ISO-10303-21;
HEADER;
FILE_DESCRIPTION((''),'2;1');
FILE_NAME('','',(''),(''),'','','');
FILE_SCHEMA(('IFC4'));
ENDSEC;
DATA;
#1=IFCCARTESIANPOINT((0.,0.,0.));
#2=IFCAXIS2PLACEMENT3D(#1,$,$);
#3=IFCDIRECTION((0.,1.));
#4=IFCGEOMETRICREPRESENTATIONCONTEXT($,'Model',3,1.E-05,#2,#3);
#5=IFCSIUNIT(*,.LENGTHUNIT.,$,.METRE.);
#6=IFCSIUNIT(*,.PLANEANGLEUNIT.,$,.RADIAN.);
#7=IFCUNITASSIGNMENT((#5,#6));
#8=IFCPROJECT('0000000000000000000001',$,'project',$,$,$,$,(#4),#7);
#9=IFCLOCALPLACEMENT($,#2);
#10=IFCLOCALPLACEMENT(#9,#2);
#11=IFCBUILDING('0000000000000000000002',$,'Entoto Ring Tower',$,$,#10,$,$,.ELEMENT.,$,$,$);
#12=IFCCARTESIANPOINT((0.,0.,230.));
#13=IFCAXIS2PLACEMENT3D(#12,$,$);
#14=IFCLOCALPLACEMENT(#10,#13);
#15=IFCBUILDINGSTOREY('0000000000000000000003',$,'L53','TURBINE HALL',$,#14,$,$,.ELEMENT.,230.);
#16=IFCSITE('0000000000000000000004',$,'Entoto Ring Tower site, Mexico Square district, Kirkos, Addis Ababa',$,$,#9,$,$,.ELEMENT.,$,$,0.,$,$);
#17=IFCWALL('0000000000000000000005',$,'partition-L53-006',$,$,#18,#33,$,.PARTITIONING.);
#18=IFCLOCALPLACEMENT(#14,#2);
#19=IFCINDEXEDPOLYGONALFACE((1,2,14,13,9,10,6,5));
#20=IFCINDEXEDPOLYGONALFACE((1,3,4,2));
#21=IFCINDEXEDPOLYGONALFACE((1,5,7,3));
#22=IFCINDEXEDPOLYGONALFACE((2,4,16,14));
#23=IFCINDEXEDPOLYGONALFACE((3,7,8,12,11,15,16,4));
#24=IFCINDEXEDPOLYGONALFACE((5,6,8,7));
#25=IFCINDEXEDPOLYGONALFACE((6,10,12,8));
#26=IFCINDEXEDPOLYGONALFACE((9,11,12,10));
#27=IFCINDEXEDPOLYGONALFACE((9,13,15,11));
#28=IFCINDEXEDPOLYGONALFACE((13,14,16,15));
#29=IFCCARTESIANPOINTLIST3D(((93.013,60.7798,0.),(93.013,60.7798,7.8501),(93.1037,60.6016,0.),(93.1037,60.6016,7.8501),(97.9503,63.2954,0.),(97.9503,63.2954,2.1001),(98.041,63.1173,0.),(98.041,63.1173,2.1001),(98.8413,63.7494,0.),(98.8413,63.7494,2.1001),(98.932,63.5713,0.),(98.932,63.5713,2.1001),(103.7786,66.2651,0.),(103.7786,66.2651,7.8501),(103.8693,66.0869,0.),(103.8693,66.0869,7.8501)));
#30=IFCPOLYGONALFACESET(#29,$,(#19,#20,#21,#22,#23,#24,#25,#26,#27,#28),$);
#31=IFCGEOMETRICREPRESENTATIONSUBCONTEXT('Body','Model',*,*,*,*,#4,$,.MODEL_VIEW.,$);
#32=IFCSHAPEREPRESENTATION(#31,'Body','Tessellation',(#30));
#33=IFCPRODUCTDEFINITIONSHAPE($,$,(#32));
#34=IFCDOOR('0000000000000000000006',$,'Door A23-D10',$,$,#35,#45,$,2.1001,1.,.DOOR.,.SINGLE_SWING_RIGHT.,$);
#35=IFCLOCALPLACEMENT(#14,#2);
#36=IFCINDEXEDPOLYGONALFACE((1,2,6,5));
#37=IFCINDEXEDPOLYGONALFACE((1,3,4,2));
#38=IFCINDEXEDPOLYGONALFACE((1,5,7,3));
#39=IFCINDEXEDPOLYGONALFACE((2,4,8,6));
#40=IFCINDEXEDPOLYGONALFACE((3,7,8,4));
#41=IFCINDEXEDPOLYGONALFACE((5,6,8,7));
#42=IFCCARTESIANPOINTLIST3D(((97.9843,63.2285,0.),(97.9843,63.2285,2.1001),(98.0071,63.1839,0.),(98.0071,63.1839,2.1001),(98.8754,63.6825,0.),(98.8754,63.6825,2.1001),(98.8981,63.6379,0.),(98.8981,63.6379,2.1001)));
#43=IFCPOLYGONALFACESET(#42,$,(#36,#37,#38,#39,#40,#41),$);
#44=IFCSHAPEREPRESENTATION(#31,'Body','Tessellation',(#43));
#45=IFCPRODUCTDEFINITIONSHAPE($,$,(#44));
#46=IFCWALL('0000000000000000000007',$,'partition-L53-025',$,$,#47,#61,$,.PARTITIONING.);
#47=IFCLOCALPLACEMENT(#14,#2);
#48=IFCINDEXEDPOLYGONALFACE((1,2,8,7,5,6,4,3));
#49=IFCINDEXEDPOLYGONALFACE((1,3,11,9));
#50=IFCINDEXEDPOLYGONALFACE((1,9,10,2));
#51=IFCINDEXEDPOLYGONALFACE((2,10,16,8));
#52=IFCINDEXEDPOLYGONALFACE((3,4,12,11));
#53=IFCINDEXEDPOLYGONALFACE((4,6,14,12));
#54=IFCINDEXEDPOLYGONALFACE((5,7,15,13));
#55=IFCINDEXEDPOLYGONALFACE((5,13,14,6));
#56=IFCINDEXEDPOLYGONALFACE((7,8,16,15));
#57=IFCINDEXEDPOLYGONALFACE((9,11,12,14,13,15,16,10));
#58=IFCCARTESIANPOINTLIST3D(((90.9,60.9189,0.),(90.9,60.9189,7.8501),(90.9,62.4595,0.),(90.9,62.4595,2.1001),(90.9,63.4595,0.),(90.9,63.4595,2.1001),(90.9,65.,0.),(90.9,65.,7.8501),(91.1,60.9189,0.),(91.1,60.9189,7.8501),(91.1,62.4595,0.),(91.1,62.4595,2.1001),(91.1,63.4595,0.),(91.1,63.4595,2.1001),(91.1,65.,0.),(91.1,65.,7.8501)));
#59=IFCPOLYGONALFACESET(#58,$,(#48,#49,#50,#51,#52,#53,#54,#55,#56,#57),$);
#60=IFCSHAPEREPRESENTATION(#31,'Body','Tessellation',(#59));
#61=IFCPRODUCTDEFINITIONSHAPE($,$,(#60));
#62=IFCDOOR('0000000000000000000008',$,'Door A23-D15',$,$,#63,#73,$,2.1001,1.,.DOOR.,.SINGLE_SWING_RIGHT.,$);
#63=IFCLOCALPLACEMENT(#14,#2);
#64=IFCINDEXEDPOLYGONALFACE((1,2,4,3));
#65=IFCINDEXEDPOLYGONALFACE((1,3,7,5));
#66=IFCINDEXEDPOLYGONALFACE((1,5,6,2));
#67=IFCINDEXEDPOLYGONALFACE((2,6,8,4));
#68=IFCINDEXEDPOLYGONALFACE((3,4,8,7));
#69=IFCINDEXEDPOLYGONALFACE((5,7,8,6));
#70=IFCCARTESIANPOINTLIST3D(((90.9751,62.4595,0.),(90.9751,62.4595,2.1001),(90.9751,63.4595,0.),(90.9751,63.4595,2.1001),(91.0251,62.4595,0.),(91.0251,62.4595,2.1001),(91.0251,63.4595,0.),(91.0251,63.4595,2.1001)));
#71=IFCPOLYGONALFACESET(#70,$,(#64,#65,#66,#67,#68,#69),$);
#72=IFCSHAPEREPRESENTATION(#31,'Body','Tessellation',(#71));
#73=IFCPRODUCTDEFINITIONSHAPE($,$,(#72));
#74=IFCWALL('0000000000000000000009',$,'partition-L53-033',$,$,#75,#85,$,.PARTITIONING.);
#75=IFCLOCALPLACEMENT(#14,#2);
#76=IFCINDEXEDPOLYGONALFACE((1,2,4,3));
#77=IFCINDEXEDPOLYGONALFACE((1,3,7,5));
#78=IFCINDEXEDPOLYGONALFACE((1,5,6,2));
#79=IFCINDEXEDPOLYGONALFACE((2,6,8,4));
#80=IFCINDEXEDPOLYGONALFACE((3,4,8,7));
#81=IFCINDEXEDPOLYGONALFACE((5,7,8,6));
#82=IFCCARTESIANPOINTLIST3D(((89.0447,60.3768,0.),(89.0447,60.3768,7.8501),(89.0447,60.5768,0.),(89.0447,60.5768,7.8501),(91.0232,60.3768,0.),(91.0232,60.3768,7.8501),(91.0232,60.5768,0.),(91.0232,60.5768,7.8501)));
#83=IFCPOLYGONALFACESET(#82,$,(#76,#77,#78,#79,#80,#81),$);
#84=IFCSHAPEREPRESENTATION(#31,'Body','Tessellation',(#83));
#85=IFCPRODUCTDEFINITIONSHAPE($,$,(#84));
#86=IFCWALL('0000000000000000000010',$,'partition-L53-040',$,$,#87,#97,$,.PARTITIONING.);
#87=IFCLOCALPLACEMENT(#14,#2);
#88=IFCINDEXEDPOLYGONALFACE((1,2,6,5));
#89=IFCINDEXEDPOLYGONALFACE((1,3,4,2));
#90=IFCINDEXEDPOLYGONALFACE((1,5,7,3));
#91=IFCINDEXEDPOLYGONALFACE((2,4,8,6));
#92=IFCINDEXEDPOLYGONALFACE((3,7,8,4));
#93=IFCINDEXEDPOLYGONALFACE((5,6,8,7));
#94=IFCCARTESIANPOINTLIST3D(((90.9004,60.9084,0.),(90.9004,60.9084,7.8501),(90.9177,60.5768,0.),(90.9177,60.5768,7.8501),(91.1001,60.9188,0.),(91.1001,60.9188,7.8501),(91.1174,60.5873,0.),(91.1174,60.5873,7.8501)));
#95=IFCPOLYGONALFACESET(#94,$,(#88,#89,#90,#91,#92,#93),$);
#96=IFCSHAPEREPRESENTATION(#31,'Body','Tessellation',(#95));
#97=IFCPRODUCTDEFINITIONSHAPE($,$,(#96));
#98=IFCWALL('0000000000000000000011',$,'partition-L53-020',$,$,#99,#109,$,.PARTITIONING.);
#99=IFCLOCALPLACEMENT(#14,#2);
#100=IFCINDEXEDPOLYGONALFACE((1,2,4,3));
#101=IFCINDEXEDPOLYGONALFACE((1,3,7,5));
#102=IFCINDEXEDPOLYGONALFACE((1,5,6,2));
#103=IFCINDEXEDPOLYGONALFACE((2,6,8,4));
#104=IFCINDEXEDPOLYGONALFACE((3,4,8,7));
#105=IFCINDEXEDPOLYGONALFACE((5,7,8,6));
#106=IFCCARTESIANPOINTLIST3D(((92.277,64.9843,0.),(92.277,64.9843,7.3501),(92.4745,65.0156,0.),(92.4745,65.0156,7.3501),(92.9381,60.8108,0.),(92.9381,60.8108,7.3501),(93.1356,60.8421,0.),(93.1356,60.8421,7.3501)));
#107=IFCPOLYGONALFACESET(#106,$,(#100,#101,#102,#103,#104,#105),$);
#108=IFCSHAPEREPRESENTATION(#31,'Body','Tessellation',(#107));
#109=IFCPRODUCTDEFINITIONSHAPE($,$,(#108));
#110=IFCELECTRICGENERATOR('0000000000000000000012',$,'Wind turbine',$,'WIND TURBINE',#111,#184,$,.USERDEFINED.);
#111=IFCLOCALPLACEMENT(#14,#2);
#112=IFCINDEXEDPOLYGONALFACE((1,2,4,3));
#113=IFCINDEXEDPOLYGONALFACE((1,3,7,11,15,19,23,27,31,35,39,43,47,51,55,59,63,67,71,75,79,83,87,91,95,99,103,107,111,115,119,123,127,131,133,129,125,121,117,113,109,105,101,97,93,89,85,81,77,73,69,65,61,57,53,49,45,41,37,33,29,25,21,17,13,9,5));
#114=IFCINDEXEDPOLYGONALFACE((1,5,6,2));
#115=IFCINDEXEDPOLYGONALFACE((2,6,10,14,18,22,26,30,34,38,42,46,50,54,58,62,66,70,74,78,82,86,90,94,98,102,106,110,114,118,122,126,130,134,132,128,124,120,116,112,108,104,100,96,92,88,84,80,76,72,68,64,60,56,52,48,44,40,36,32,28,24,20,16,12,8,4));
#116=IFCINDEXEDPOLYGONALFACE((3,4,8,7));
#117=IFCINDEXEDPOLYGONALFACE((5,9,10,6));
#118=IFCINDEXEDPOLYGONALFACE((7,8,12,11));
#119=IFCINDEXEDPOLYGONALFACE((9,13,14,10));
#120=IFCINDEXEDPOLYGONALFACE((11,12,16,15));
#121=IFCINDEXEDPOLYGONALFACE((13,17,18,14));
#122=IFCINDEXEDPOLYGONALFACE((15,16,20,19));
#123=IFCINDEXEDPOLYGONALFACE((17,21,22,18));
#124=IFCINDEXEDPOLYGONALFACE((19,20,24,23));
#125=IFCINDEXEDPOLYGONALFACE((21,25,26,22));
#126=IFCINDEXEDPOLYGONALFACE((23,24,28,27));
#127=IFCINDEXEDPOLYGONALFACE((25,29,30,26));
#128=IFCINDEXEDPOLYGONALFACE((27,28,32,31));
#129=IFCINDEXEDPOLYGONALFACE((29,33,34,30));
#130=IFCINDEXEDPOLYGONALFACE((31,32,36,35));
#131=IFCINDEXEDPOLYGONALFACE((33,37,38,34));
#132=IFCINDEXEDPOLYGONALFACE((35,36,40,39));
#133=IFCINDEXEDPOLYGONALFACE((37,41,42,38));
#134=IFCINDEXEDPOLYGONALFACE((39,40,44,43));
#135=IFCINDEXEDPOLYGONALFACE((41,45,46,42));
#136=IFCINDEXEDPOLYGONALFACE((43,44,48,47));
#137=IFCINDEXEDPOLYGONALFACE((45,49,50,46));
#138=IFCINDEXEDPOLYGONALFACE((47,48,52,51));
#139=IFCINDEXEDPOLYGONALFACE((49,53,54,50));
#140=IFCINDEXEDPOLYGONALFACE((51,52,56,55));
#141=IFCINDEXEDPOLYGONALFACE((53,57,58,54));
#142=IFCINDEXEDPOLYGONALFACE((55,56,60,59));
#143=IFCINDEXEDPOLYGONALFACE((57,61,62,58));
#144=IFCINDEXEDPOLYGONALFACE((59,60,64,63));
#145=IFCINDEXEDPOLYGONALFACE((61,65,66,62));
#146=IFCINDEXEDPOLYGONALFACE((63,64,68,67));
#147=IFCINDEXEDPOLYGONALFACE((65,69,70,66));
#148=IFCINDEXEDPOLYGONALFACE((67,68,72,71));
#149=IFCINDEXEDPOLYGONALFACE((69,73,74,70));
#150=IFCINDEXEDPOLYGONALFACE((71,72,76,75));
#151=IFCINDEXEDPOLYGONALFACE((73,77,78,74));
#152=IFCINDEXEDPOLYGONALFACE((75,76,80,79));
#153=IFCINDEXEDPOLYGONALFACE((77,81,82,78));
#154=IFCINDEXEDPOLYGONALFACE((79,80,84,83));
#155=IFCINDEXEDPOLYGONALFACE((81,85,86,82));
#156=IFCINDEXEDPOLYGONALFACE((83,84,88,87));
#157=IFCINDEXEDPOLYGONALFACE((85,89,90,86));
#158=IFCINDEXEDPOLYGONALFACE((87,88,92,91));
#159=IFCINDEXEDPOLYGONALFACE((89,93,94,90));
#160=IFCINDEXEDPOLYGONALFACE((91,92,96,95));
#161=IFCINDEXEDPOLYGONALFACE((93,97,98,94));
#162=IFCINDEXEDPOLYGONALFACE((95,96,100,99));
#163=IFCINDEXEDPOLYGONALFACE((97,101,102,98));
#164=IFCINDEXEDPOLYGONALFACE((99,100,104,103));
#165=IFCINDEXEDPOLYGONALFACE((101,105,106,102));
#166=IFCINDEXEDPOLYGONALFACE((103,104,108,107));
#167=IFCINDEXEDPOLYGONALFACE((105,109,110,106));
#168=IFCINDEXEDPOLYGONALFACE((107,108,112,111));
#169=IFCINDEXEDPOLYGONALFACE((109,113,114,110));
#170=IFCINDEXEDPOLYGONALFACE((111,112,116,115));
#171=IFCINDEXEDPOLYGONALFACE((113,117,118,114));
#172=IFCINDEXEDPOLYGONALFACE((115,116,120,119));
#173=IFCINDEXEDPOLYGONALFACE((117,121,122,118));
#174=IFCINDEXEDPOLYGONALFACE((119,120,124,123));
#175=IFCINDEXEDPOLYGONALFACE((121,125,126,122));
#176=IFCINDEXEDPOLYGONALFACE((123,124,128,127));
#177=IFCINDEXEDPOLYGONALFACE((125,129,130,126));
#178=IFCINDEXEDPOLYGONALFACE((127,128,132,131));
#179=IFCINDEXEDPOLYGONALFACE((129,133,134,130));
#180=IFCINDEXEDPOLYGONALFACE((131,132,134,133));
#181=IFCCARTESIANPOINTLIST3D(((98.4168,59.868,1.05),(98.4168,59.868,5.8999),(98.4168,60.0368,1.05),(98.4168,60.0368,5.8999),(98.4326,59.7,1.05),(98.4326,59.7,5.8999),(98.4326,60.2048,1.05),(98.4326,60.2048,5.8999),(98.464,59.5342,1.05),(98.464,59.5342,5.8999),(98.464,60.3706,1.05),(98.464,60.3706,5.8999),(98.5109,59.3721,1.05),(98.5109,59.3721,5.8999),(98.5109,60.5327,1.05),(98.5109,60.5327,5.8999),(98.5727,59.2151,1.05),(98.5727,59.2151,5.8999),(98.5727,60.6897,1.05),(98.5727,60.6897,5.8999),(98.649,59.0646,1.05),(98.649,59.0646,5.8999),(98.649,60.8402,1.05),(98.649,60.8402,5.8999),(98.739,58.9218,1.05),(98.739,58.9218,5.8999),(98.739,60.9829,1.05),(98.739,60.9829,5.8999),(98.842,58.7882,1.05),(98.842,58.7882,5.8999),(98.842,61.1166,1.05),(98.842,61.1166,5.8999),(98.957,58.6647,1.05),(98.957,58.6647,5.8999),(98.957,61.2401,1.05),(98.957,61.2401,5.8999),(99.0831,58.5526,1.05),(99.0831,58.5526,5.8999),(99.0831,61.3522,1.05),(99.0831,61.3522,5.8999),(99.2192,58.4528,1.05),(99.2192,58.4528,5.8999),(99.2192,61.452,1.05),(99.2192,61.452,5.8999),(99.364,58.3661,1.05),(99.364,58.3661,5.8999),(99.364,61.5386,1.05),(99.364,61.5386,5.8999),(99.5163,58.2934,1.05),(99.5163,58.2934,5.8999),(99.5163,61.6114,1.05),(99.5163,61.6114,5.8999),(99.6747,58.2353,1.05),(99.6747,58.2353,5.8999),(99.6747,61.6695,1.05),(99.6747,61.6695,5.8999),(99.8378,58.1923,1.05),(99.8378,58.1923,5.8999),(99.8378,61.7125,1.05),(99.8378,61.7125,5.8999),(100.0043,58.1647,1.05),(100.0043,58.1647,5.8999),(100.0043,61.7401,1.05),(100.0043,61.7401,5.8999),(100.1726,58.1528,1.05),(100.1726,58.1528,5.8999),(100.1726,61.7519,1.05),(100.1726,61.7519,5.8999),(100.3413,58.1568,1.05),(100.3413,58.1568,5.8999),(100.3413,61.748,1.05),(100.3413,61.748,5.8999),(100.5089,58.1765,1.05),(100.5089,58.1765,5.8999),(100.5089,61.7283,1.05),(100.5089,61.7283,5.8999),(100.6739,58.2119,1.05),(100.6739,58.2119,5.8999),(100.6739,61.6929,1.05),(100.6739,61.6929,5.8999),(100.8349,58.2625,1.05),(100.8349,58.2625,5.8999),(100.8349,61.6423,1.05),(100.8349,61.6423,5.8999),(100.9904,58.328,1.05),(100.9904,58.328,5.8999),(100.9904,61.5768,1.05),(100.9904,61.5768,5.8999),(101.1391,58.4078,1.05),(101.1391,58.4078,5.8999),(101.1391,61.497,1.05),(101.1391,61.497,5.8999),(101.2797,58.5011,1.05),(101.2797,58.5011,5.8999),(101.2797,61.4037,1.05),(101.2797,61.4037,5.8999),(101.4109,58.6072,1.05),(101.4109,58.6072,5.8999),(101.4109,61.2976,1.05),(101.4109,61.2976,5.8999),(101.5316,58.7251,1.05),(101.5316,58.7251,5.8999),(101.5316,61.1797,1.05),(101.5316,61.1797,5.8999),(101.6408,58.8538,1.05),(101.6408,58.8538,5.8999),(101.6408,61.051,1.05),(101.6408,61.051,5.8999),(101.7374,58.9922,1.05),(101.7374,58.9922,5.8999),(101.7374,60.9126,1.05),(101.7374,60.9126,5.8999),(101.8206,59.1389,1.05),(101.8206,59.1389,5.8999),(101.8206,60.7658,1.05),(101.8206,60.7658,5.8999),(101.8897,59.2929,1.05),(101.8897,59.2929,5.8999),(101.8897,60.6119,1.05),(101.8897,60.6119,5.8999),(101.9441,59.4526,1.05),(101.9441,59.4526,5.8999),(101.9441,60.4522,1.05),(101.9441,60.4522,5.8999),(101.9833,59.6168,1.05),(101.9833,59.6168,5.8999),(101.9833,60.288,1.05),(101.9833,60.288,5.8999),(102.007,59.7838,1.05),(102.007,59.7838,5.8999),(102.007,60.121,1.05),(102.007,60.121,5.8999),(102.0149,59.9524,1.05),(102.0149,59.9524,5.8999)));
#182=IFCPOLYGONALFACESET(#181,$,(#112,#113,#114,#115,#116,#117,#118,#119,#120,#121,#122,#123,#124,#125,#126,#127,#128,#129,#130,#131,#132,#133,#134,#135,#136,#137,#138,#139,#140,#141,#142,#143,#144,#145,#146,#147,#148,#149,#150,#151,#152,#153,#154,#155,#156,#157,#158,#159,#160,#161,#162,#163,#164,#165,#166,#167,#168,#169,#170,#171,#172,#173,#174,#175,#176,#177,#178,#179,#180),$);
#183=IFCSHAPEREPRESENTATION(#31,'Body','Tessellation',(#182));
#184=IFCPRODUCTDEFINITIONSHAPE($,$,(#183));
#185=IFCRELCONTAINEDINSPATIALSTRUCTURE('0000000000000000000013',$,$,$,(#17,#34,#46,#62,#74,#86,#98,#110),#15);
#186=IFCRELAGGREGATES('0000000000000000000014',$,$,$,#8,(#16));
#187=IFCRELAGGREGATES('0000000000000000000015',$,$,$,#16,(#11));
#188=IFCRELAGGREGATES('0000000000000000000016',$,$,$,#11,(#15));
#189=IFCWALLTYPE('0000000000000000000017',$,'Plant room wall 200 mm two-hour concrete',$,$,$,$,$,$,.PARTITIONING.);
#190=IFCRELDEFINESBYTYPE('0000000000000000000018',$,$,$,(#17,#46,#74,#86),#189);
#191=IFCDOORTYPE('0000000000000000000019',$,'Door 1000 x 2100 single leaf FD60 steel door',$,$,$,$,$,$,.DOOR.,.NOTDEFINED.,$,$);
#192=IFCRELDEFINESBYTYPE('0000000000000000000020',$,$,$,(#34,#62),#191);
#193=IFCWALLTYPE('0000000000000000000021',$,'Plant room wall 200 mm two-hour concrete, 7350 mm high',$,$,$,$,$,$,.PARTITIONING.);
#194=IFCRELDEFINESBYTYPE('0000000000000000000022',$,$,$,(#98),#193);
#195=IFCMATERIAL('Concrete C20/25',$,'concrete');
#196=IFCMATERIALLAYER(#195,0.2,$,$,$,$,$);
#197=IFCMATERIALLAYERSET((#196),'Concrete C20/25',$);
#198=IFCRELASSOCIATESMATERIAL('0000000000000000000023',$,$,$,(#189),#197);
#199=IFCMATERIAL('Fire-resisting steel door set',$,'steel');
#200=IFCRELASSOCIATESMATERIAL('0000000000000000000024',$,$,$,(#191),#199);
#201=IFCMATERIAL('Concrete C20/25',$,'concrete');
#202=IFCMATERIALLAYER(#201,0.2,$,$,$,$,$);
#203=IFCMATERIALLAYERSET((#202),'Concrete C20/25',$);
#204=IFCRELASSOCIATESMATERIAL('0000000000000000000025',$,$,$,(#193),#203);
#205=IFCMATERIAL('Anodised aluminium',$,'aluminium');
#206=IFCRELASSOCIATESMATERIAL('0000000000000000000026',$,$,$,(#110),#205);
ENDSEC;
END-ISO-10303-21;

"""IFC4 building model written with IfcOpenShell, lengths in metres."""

from ifc_helpers import new_model, si_unit, direction, frame, frame_2d, origin, origin_2d, place, context, subcontext, project, spatial, rectangle, circle, extrude, material, layer, layer_set, type_object, element, fill, save


model = new_model("IFC4")

# Units and contexts
model_context = context("Model", 3, precision=1e-05, world=origin(), true_north=direction((0.0, 1.0)))
body_context = subcontext(model_context, "Body", "Model", "MODEL_VIEW")
ifc_project = project(units=[si_unit("LENGTHUNIT", "METRE"), si_unit("PLANEANGLEUNIT", "RADIAN")], contexts=[model_context])

# Site, building, storey
site_placement = place(None, origin())
site = spatial("IfcSite", under=ifc_project, at=site_placement, Name="Entoto Ring Tower site, Mexico Square district, Kirkos, Addis Ababa", CompositionType="ELEMENT", RefElevation=0.0)
building_placement = place(site_placement, origin())
building = spatial("IfcBuilding", under=site, at=building_placement, Name="Entoto Ring Tower", CompositionType="ELEMENT")
storey_placement = place(building_placement, frame((0.0, 0.0, 230.0)))
storey = spatial("IfcBuildingStorey", under=building, at=storey_placement, Name="L53", Description="TURBINE HALL", CompositionType="ELEMENT", Elevation=230.0)

# Walls, openings, doors
ifc_material_1 = material(Name="Concrete C20/25", Category="concrete")
ifc_layer_1 = layer(ifc_material_1, 0.2)
ifc_layer_set_1 = layer_set([ifc_layer_1], Name="Concrete C20/25")
wall_type_1 = type_object("IfcWallType", Name="Plant room wall 200 mm two-hour concrete", PredefinedType="PARTITIONING", material=ifc_layer_set_1)
wall_1_placement = place(storey_placement, frame((93.0583, 60.6907, 0.0), z_axis=(0.0, 0.0, 1.0), x_axis=(0.891007, 0.45399, 0.0)))
wall_1 = element("IfcWall", 1, at=wall_1_placement, inside=storey, type_object=wall_type_1, Name="partition-L53-006", PredefinedType="PARTITIONING", context=body_context, shape_type="SweptSolid", body=[
    extrude(rectangle(XDim=12.0825, YDim=0.2, at=frame_2d((6.0413, 0.0))), origin(), (0.0, 0.0, 1.0), 7.8501),
])
opening_1_placement = place(wall_1_placement, frame((5.5413, 0.0, 0.0)))
opening_1 = element("IfcOpeningElement", 2, at=opening_1_placement, cuts=wall_1, PredefinedType="OPENING", context=body_context, shape_type="SweptSolid", body=[
    extrude(rectangle(XDim=1.0, YDim=2.1001, at=frame_2d((0.5, 1.05))), frame((0.0, 0.1099, 0.0), z_axis=(0.0, -1.0, 0.0), x_axis=(1.0, 0.0, 0.0)), (0.0, 0.0, 1.0), 0.22),
])
ifc_material_2 = material(Name="Fire-resisting steel door set", Category="steel")
door_type_1 = type_object("IfcDoorType", Name="Door 1000 x 2100 single leaf FD60 steel door", OperationType="NOTDEFINED", PredefinedType="DOOR", material=ifc_material_2)
door_1_placement = place(opening_1_placement, origin())
door_1 = element("IfcDoor", 3, at=door_1_placement, inside=storey, type_object=door_type_1, Name="Door A23-D10", OperationType="SINGLE_SWING_RIGHT", OverallHeight=2.1001, OverallWidth=1.0, PredefinedType="DOOR", context=body_context, shape_type="SweptSolid", body=[
    extrude(rectangle(XDim=1.0, YDim=2.1001, at=frame_2d((0.5, 1.05))), frame((0.0, 0.0249, 0.0), z_axis=(0.0, -1.0, 0.0), x_axis=(1.0, 0.0, 0.0)), (0.0, 0.0, 1.0), 0.05),
])
fill(opening_1, door_1)
wall_2_placement = place(storey_placement, frame((91.0, 60.9189, 0.0), z_axis=(0.0, 0.0, 1.0), x_axis=(0.0, 1.0, 0.0)))
wall_2 = element("IfcWall", 4, at=wall_2_placement, inside=storey, type_object=wall_type_1, Name="partition-L53-025", PredefinedType="PARTITIONING", context=body_context, shape_type="SweptSolid", body=[
    extrude(rectangle(XDim=4.0811, YDim=0.2, at=frame_2d((2.0405, 0.0))), origin(), (0.0, 0.0, 1.0), 7.8501),
])
opening_2_placement = place(wall_2_placement, frame((1.5405, 0.0, 0.0)))
opening_2 = element("IfcOpeningElement", 5, at=opening_2_placement, cuts=wall_2, PredefinedType="OPENING", context=body_context, shape_type="SweptSolid", body=[
    extrude(rectangle(XDim=1.0, YDim=2.1001, at=frame_2d((0.5, 1.05))), frame((0.0, 0.1099, 0.0), z_axis=(0.0, -1.0, 0.0), x_axis=(1.0, 0.0, 0.0)), (0.0, 0.0, 1.0), 0.22),
])
door_2_placement = place(opening_2_placement, origin())
door_2 = element("IfcDoor", 6, at=door_2_placement, inside=storey, type_object=door_type_1, Name="Door A23-D15", OperationType="SINGLE_SWING_RIGHT", OverallHeight=2.1001, OverallWidth=1.0, PredefinedType="DOOR", context=body_context, shape_type="SweptSolid", body=[
    extrude(rectangle(XDim=1.0, YDim=2.1001, at=frame_2d((0.5, 1.05))), frame((0.0, 0.0249, 0.0), z_axis=(0.0, -1.0, 0.0), x_axis=(1.0, 0.0, 0.0)), (0.0, 0.0, 1.0), 0.05),
])
fill(opening_2, door_2)

# Walls
wall_3_placement = place(storey_placement, frame((89.0447, 60.4768, 0.0), z_axis=(0.0, 0.0, 1.0), x_axis=(1.0, 0.0, 0.0)))
element("IfcWall", 7, at=wall_3_placement, inside=storey, type_object=wall_type_1, Name="partition-L53-033", PredefinedType="PARTITIONING", context=body_context, shape_type="SweptSolid", body=[
    extrude(rectangle(XDim=1.9785, YDim=0.2, at=frame_2d((0.9893, 0.0))), origin(), (0.0, 0.0, 1.0), 7.8501),
])
wall_4_placement = place(storey_placement, frame((91.0176, 60.582, 0.0), z_axis=(0.0, 0.0, 1.0), x_axis=(-0.052211, 0.998636, 0.0)))
element("IfcWall", 8, at=wall_4_placement, inside=storey, type_object=wall_type_1, Name="partition-L53-040", PredefinedType="PARTITIONING", context=body_context, shape_type="SweptSolid", body=[
    extrude(rectangle(XDim=0.332, YDim=0.2, at=frame_2d((0.166, 0.0))), origin(), (0.0, 0.0, 1.0), 7.8501),
])
ifc_material_3 = material(Name="Concrete C20/25", Category="concrete")
ifc_layer_2 = layer(ifc_material_3, 0.2)
ifc_layer_set_2 = layer_set([ifc_layer_2], Name="Concrete C20/25")
wall_type_2 = type_object("IfcWallType", Name="Plant room wall 200 mm two-hour concrete, 7350 mm high", PredefinedType="PARTITIONING", material=ifc_layer_set_2)
wall_5_placement = place(storey_placement, frame((93.0369, 60.8264, 0.0), z_axis=(0.0, 0.0, 1.0), x_axis=(-0.156458, 0.987685, 0.0)))
element("IfcWall", 9, at=wall_5_placement, inside=storey, type_object=wall_type_2, Name="partition-L53-020", PredefinedType="PARTITIONING", context=body_context, shape_type="SweptSolid", body=[
    extrude(rectangle(XDim=4.2256, YDim=0.2, at=frame_2d((2.1128, 0.0))), origin(), (0.0, 0.0, 1.0), 7.3501),
])

# Electric generator
ifc_material_4 = material(Name="Anodised aluminium", Category="aluminium")
electric_generator_placement = place(storey_placement, frame((100.2148, 59.9524, 1.05), z_axis=(0.0, 0.0, 1.0), x_axis=(1.0, 0.0, 0.0)))
element("IfcElectricGenerator", 10, at=electric_generator_placement, inside=storey, material=ifc_material_4, Name="Wind turbine", ObjectType="WIND TURBINE", PredefinedType="USERDEFINED", context=body_context, shape_type="SweptSolid", body=[
    extrude(circle(Radius=1.8, at=origin_2d()), origin(), (0.0, 0.0, 1.0), 4.8499),
])

save(model, "model.ifc")
